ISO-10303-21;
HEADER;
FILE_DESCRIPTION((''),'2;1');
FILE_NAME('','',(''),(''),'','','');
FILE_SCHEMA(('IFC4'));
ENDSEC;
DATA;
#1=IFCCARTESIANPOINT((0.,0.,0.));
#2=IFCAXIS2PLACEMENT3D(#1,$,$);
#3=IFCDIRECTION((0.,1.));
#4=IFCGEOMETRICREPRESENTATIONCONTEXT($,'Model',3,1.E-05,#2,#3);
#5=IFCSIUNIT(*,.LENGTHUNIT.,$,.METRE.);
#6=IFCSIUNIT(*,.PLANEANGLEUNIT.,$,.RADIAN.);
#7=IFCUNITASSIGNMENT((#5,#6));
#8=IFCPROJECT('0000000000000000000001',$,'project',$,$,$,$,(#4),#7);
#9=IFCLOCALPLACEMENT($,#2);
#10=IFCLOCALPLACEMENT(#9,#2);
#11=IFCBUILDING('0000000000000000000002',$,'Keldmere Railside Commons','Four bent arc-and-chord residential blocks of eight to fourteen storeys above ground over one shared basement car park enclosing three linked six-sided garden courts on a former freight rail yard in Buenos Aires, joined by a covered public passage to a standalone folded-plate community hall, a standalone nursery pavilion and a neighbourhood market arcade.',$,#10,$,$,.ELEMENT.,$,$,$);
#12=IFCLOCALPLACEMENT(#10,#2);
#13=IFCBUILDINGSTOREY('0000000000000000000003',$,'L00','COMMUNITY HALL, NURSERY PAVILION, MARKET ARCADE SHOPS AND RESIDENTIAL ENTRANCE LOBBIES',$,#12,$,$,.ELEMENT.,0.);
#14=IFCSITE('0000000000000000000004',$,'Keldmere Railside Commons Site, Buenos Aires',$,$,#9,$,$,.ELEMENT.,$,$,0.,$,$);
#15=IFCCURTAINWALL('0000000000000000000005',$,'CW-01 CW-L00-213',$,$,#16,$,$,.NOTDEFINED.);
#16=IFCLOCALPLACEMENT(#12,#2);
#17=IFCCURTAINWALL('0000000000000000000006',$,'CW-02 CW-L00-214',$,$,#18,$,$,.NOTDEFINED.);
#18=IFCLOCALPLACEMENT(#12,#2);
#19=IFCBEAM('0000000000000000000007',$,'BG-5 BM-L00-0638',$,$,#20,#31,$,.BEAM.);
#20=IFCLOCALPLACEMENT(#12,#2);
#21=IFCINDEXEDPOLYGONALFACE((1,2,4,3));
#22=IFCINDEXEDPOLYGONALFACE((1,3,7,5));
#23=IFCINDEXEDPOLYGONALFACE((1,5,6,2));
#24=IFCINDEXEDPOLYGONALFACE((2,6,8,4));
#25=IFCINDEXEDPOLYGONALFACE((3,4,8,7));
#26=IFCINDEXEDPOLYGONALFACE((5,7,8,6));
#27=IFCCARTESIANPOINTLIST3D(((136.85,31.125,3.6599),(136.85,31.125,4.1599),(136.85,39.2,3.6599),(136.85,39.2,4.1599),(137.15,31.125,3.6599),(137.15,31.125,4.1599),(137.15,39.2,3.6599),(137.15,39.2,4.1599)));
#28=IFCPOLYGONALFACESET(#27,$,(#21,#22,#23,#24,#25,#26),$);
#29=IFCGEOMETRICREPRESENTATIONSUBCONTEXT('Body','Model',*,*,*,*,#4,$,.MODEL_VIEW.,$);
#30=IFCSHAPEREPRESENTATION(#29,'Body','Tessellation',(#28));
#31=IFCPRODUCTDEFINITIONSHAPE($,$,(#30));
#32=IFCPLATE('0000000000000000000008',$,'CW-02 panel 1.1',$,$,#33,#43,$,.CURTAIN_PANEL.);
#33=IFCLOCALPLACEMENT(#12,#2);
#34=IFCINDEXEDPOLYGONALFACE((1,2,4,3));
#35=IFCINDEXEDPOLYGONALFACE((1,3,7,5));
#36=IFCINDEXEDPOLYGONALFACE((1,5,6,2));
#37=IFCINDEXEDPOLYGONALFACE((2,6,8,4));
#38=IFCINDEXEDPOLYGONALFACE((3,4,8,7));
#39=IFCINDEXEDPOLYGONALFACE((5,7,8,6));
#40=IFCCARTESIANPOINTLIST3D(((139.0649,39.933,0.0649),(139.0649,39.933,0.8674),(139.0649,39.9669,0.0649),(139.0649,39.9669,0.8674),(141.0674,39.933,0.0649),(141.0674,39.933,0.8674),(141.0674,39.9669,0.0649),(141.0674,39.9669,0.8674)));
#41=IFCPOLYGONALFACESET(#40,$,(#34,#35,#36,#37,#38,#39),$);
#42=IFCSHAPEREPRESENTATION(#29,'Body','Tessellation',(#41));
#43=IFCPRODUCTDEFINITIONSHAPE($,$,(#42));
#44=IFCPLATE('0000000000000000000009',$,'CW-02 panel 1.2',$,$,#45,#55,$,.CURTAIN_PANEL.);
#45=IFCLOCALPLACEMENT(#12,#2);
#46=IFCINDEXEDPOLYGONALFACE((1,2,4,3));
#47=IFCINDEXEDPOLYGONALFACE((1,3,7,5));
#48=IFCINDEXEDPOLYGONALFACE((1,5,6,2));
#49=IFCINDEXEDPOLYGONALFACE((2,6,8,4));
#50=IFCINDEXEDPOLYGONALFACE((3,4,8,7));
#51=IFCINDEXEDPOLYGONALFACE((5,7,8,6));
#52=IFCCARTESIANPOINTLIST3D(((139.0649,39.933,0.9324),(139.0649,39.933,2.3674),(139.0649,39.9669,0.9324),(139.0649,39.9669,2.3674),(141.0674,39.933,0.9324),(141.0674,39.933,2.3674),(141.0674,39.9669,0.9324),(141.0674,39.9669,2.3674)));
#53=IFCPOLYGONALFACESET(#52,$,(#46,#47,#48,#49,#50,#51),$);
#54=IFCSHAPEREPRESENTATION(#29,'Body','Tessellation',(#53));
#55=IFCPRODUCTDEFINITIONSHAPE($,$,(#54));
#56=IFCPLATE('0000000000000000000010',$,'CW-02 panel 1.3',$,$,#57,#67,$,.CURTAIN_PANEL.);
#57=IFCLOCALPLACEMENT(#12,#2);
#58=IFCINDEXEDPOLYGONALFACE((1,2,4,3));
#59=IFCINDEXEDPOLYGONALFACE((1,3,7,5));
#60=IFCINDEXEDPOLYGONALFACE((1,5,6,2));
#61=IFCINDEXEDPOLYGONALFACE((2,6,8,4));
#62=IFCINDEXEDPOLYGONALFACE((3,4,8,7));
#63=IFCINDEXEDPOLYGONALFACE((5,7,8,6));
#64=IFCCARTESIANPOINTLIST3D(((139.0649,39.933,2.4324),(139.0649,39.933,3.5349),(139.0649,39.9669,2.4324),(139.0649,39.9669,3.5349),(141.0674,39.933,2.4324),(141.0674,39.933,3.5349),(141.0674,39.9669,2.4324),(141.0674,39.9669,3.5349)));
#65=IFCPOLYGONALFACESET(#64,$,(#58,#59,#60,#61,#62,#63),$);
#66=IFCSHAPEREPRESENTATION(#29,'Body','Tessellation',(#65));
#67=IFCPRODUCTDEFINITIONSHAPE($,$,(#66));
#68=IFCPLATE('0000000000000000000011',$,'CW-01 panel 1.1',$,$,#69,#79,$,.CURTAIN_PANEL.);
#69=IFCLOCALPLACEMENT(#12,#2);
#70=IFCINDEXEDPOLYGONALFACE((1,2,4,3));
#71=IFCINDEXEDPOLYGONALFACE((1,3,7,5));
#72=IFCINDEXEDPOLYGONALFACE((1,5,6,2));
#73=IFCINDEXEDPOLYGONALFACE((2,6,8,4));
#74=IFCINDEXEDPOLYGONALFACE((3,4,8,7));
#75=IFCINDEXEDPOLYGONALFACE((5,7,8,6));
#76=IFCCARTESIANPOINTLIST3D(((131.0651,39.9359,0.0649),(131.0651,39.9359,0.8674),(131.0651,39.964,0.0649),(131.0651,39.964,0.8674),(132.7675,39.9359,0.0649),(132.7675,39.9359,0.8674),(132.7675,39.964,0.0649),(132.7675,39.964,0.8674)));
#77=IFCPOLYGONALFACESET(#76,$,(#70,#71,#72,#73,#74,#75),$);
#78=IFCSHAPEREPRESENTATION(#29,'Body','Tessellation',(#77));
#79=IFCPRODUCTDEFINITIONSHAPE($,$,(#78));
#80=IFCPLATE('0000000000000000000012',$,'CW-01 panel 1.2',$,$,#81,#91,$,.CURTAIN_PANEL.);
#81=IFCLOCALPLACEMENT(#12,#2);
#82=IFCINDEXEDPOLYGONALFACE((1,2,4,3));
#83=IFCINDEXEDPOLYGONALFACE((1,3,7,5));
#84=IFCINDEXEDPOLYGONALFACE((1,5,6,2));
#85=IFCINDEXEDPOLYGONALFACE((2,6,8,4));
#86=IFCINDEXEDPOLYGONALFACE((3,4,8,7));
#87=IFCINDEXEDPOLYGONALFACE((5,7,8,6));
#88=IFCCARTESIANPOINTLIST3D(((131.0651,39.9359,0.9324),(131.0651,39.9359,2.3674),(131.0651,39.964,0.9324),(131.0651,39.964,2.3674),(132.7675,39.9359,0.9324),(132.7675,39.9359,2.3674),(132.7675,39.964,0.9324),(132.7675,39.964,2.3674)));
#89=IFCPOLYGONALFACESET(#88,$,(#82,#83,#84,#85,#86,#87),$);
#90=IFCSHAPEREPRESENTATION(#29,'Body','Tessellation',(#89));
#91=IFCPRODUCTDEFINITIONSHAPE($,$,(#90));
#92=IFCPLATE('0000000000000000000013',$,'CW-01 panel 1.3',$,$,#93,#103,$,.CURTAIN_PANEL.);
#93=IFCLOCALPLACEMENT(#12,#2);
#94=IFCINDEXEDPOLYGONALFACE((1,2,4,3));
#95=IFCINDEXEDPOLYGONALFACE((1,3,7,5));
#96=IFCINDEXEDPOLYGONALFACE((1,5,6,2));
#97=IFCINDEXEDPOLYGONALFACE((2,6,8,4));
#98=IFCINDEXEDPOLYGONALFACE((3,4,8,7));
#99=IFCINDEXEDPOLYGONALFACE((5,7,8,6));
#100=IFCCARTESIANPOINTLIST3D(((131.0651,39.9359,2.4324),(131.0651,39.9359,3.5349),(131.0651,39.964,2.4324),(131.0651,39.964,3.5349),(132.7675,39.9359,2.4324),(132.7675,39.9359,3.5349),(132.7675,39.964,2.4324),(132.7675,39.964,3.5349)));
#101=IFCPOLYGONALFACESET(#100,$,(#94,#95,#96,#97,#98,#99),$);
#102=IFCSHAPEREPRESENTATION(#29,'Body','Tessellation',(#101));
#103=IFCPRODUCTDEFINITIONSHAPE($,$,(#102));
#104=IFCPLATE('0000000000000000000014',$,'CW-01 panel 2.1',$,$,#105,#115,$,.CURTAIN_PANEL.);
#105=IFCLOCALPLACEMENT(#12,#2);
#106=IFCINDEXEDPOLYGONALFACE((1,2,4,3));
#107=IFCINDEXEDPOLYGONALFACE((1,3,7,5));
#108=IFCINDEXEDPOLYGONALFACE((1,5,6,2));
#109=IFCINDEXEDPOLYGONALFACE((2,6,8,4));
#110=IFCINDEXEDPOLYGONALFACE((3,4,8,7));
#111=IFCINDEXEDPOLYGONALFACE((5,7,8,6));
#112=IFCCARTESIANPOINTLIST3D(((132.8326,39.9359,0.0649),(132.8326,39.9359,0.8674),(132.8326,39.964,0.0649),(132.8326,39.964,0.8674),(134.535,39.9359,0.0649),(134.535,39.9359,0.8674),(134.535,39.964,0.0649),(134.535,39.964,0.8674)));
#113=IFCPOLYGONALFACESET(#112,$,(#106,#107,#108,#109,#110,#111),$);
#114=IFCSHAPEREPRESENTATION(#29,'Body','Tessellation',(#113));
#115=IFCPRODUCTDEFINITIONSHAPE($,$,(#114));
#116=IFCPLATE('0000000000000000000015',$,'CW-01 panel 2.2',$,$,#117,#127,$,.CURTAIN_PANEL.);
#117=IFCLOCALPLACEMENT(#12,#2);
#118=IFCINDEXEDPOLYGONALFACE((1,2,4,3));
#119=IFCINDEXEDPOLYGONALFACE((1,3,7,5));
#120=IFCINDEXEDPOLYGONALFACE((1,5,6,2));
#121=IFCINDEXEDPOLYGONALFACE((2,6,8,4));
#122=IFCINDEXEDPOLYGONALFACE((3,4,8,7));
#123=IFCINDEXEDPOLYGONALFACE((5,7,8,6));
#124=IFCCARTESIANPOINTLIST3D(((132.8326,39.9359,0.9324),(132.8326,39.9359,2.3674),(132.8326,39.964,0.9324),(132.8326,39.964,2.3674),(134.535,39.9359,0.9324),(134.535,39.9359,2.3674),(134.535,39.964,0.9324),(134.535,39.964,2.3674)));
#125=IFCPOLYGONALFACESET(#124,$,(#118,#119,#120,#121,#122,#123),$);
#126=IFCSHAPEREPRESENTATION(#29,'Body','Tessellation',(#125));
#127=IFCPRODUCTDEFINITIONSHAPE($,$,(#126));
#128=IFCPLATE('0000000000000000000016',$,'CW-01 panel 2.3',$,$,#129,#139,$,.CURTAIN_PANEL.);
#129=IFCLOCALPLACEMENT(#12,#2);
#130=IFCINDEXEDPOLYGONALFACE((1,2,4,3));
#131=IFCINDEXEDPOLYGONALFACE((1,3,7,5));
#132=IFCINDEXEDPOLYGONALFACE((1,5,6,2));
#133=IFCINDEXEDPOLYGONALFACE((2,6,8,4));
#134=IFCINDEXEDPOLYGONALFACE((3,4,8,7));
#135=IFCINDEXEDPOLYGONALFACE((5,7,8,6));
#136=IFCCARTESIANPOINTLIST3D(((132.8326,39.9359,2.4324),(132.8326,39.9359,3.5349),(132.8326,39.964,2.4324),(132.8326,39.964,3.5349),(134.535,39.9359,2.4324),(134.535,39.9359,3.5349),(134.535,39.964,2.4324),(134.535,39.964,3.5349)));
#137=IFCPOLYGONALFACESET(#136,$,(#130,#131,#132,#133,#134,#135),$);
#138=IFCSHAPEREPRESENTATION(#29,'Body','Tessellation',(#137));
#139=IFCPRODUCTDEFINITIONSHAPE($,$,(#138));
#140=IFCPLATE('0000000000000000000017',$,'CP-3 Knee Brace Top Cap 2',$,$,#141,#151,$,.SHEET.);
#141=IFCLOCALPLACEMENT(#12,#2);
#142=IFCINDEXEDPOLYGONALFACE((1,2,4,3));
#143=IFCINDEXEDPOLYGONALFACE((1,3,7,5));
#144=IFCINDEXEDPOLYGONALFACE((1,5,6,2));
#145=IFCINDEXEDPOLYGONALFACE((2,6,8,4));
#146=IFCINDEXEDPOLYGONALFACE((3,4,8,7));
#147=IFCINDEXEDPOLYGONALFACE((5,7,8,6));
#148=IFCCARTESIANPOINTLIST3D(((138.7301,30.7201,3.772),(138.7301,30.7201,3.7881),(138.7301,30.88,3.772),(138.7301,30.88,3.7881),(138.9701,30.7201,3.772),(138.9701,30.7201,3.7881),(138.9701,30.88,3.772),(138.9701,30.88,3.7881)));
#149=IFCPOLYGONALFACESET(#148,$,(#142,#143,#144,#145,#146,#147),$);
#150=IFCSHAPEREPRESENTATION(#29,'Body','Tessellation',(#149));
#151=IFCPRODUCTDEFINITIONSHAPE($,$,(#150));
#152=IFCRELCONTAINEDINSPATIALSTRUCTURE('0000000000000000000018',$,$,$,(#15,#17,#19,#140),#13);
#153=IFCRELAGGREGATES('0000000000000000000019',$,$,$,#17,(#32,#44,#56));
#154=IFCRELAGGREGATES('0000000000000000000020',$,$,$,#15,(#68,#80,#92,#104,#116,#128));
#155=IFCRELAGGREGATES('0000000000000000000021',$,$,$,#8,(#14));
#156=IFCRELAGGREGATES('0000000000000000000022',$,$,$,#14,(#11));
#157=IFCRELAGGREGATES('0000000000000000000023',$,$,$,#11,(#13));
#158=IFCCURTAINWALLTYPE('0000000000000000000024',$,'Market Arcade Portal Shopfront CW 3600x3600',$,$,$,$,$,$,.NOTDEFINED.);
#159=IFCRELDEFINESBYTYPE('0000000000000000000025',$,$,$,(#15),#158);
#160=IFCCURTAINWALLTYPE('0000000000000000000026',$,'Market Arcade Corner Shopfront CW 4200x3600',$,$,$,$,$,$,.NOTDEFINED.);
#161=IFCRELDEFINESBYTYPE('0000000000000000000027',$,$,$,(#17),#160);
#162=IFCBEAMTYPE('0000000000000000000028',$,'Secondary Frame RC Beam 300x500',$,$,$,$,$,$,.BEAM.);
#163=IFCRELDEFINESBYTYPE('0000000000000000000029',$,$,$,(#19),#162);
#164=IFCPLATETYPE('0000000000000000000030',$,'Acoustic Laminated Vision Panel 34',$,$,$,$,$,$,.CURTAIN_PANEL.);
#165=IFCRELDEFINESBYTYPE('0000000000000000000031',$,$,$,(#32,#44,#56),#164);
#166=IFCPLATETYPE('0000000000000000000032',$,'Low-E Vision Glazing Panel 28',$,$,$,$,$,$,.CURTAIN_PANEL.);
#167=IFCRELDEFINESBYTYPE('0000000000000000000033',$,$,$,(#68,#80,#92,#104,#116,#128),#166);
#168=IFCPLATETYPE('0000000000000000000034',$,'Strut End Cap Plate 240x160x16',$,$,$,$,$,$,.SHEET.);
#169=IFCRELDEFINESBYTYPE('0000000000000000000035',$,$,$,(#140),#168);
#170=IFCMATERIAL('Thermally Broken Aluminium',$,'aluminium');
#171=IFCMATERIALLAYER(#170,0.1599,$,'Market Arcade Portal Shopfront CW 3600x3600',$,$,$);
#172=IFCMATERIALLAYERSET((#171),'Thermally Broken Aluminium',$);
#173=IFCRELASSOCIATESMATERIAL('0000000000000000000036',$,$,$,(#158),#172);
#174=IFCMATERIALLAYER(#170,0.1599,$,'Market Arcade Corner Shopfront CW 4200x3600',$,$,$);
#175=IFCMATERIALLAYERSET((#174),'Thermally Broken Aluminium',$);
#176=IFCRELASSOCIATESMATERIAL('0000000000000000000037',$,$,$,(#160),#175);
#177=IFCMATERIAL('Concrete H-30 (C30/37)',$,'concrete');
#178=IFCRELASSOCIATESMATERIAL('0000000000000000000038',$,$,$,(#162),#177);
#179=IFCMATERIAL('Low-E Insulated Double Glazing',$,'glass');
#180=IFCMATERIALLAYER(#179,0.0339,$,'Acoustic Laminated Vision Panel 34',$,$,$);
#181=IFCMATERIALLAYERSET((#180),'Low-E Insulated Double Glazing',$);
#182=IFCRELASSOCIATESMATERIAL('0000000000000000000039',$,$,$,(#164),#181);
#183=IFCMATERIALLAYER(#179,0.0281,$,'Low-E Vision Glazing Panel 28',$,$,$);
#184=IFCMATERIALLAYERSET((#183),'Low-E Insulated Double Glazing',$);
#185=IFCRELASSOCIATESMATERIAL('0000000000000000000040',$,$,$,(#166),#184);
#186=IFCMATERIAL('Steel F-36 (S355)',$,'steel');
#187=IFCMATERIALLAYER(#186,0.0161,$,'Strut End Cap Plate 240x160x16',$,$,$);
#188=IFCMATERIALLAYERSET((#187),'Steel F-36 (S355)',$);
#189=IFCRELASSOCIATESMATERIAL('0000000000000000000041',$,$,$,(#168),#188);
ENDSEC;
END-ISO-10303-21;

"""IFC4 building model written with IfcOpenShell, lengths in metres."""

from ifc_helpers import new_model, si_unit, direction, frame, origin, origin_2d, place, context, subcontext, project, spatial, rectangle, extrude, material, layer, layer_set, material_profile, profile_set, type_object, element, aggregate, save


model = new_model("IFC4")

# Units and contexts
model_context = context("Model", 3, precision=1e-05, world=origin(), true_north=direction((0.0, 1.0)))
body_context = subcontext(model_context, "Body", "Model", "MODEL_VIEW")
ifc_project = project(units=[si_unit("LENGTHUNIT", "METRE"), si_unit("PLANEANGLEUNIT", "RADIAN")], contexts=[model_context])

# Site, building, storey
site_placement = place(None, origin())
site = spatial("IfcSite", under=ifc_project, at=site_placement, Name="Keldmere Railside Commons Site, Buenos Aires", CompositionType="ELEMENT", RefElevation=0.0)
building_placement = place(site_placement, origin())
building = spatial("IfcBuilding", under=site, at=building_placement, Name="Keldmere Railside Commons", Description="Four bent arc-and-chord residential blocks of eight to fourteen storeys above ground over one shared basement car park enclosing three linked six-sided garden courts on a former freight rail yard in Buenos Aires, joined by a covered public passage to a standalone folded-plate community hall, a standalone nursery pavilion and a neighbourhood market arcade.", CompositionType="ELEMENT")
storey_placement = place(building_placement, origin())
storey = spatial("IfcBuildingStorey", under=building, at=storey_placement, Name="L00", Description="COMMUNITY HALL, NURSERY PAVILION, MARKET ARCADE SHOPS AND RESIDENTIAL ENTRANCE LOBBIES", CompositionType="ELEMENT", Elevation=0.0)

# Curtain walls
ifc_material_1 = material(Name="Thermally Broken Aluminium", Category="aluminium")
ifc_layer_1 = layer(ifc_material_1, 0.1599, Name="Market Arcade Portal Shopfront CW 3600x3600")
ifc_layer_set_1 = layer_set([ifc_layer_1], Name="Thermally Broken Aluminium")
curtain_wall_type_1 = type_object("IfcCurtainWallType", Name="Market Arcade Portal Shopfront CW 3600x3600", PredefinedType="NOTDEFINED", material=ifc_layer_set_1)
curtain_wall_1_placement = place(storey_placement, origin())
curtain_wall_1 = element("IfcCurtainWall", 1, at=curtain_wall_1_placement, inside=storey, type_object=curtain_wall_type_1, Name="CW-01 CW-L00-213", PredefinedType="NOTDEFINED")
ifc_layer_2 = layer(ifc_material_1, 0.1599, Name="Market Arcade Corner Shopfront CW 4200x3600")
ifc_layer_set_2 = layer_set([ifc_layer_2], Name="Thermally Broken Aluminium")
curtain_wall_type_2 = type_object("IfcCurtainWallType", Name="Market Arcade Corner Shopfront CW 4200x3600", PredefinedType="NOTDEFINED", material=ifc_layer_set_2)
curtain_wall_2_placement = place(storey_placement, origin())
curtain_wall_2 = element("IfcCurtainWall", 2, at=curtain_wall_2_placement, inside=storey, type_object=curtain_wall_type_2, Name="CW-02 CW-L00-214", PredefinedType="NOTDEFINED")

# Beam
ifc_material_2 = material(Name="Steel F-36 (S355)", Category="steel")
ifc_material_3 = material(Name="Concrete H-30 (C30/37)", Category="concrete")
ifc_material_profile_1 = material_profile(ifc_material_3, rectangle(XDim=0.3, YDim=0.5, at=origin_2d()), Name="RC-300x500")
ifc_profile_set_1 = profile_set([ifc_material_profile_1], Name="Concrete H-30 (C30/37)")
beam_type_1 = type_object("IfcBeamType", Name="Secondary Frame RC Beam 300x500", PredefinedType="BEAM", material=ifc_profile_set_1)
beam_1_placement = place(storey_placement, frame((137.0, 31.125, 3.9099), z_axis=(0.0, 1.0, 0.0), x_axis=(-1.0, 0.0, 0.0)))
element("IfcBeam", 3, at=beam_1_placement, inside=storey, type_object=beam_type_1, Name="BG-5 BM-L00-0638", PredefinedType="BEAM", context=body_context, shape_type="SweptSolid", body=[
    extrude(rectangle(XDim=0.3, YDim=0.5, at=origin_2d()), origin(), (0.0, 0.0, 1.0), 8.075),
])

# Plates
ifc_material_4 = material(Name="Low-E Insulated Double Glazing", Category="glass")
ifc_layer_3 = layer(ifc_material_4, 0.0339, Name="Acoustic Laminated Vision Panel 34")
ifc_layer_set_3 = layer_set([ifc_layer_3], Name="Low-E Insulated Double Glazing")
plate_type_1 = type_object("IfcPlateType", Name="Acoustic Laminated Vision Panel 34", PredefinedType="CURTAIN_PANEL", material=ifc_layer_set_3)
plate_1_placement = place(storey_placement, frame((140.0662, 39.95, 0.0649), z_axis=(0.0, 0.0, 1.0), x_axis=(1.0, 0.0, 0.0)))
plate_1 = element("IfcPlate", 4, at=plate_1_placement, type_object=plate_type_1, Name="CW-02 panel 1.1", PredefinedType="CURTAIN_PANEL", context=body_context, shape_type="SweptSolid", body=[
    extrude(rectangle(XDim=2.0024, YDim=0.0339, at=origin_2d()), origin(), (0.0, 0.0, 1.0), 0.8025),
])
plate_2_placement = place(storey_placement, frame((140.0662, 39.95, 0.9324), z_axis=(0.0, 0.0, 1.0), x_axis=(1.0, 0.0, 0.0)))
plate_2 = element("IfcPlate", 5, at=plate_2_placement, type_object=plate_type_1, Name="CW-02 panel 1.2", PredefinedType="CURTAIN_PANEL", context=body_context, shape_type="SweptSolid", body=[
    extrude(rectangle(XDim=2.0024, YDim=0.0339, at=origin_2d()), origin(), (0.0, 0.0, 1.0), 1.4351),
])
plate_3_placement = place(storey_placement, frame((140.0662, 39.95, 2.4324), z_axis=(0.0, 0.0, 1.0), x_axis=(1.0, 0.0, 0.0)))
plate_3 = element("IfcPlate", 6, at=plate_3_placement, type_object=plate_type_1, Name="CW-02 panel 1.3", PredefinedType="CURTAIN_PANEL", context=body_context, shape_type="SweptSolid", body=[
    extrude(rectangle(XDim=2.0024, YDim=0.0339, at=origin_2d()), origin(), (0.0, 0.0, 1.0), 1.1025),
])
aggregate(curtain_wall_2, [plate_1, plate_2, plate_3])
ifc_layer_4 = layer(ifc_material_4, 0.0281, Name="Low-E Vision Glazing Panel 28")
ifc_layer_set_4 = layer_set([ifc_layer_4], Name="Low-E Insulated Double Glazing")
plate_type_2 = type_object("IfcPlateType", Name="Low-E Vision Glazing Panel 28", PredefinedType="CURTAIN_PANEL", material=ifc_layer_set_4)
plate_4_placement = place(storey_placement, frame((131.9163, 39.95, 0.0649), z_axis=(0.0, 0.0, 1.0), x_axis=(1.0, 0.0, 0.0)))
plate_4 = element("IfcPlate", 7, at=plate_4_placement, type_object=plate_type_2, Name="CW-01 panel 1.1", PredefinedType="CURTAIN_PANEL", context=body_context, shape_type="SweptSolid", body=[
    extrude(rectangle(XDim=1.7024, YDim=0.0281, at=origin_2d()), origin(), (0.0, 0.0, 1.0), 0.8025),
])
plate_5_placement = place(storey_placement, frame((131.9163, 39.95, 0.9324), z_axis=(0.0, 0.0, 1.0), x_axis=(1.0, 0.0, 0.0)))
plate_5 = element("IfcPlate", 8, at=plate_5_placement, type_object=plate_type_2, Name="CW-01 panel 1.2", PredefinedType="CURTAIN_PANEL", context=body_context, shape_type="SweptSolid", body=[
    extrude(rectangle(XDim=1.7024, YDim=0.0281, at=origin_2d()), origin(), (0.0, 0.0, 1.0), 1.4351),
])
plate_6_placement = place(storey_placement, frame((131.9163, 39.95, 2.4324), z_axis=(0.0, 0.0, 1.0), x_axis=(1.0, 0.0, 0.0)))
plate_6 = element("IfcPlate", 9, at=plate_6_placement, type_object=plate_type_2, Name="CW-01 panel 1.3", PredefinedType="CURTAIN_PANEL", context=body_context, shape_type="SweptSolid", body=[
    extrude(rectangle(XDim=1.7024, YDim=0.0281, at=origin_2d()), origin(), (0.0, 0.0, 1.0), 1.1025),
])
plate_7_placement = place(storey_placement, frame((133.6838, 39.95, 0.0649), z_axis=(0.0, 0.0, 1.0), x_axis=(1.0, 0.0, 0.0)))
plate_7 = element("IfcPlate", 10, at=plate_7_placement, type_object=plate_type_2, Name="CW-01 panel 2.1", PredefinedType="CURTAIN_PANEL", context=body_context, shape_type="SweptSolid", body=[
    extrude(rectangle(XDim=1.7024, YDim=0.0281, at=origin_2d()), origin(), (0.0, 0.0, 1.0), 0.8025),
])
plate_8_placement = place(storey_placement, frame((133.6838, 39.95, 0.9324), z_axis=(0.0, 0.0, 1.0), x_axis=(1.0, 0.0, 0.0)))
plate_8 = element("IfcPlate", 11, at=plate_8_placement, type_object=plate_type_2, Name="CW-01 panel 2.2", PredefinedType="CURTAIN_PANEL", context=body_context, shape_type="SweptSolid", body=[
    extrude(rectangle(XDim=1.7024, YDim=0.0281, at=origin_2d()), origin(), (0.0, 0.0, 1.0), 1.4351),
])
plate_9_placement = place(storey_placement, frame((133.6838, 39.95, 2.4324), z_axis=(0.0, 0.0, 1.0), x_axis=(1.0, 0.0, 0.0)))
plate_9 = element("IfcPlate", 12, at=plate_9_placement, type_object=plate_type_2, Name="CW-01 panel 2.3", PredefinedType="CURTAIN_PANEL", context=body_context, shape_type="SweptSolid", body=[
    extrude(rectangle(XDim=1.7024, YDim=0.0281, at=origin_2d()), origin(), (0.0, 0.0, 1.0), 1.1025),
])
aggregate(curtain_wall_1, [plate_4, plate_5, plate_6, plate_7, plate_8, plate_9])
ifc_layer_5 = layer(ifc_material_2, 0.0161, Name="Strut End Cap Plate 240x160x16")
ifc_layer_set_5 = layer_set([ifc_layer_5], Name="Steel F-36 (S355)")
plate_type_3 = type_object("IfcPlateType", Name="Strut End Cap Plate 240x160x16", PredefinedType="SHEET", material=ifc_layer_set_5)
plate_10_placement = place(storey_placement, frame((138.8501, 30.8, 3.772), z_axis=(0.0, 0.0, 1.0), x_axis=(1.0, 0.0, 0.0)))
element("IfcPlate", 13, at=plate_10_placement, inside=storey, type_object=plate_type_3, Name="CP-3 Knee Brace Top Cap 2", PredefinedType="SHEET", context=body_context, shape_type="SweptSolid", body=[
    extrude(rectangle(XDim=0.24, YDim=0.1599, at=origin_2d()), origin(), (0.0, 0.0, 1.0), 0.0161),
])

save(model, "model.ifc")
